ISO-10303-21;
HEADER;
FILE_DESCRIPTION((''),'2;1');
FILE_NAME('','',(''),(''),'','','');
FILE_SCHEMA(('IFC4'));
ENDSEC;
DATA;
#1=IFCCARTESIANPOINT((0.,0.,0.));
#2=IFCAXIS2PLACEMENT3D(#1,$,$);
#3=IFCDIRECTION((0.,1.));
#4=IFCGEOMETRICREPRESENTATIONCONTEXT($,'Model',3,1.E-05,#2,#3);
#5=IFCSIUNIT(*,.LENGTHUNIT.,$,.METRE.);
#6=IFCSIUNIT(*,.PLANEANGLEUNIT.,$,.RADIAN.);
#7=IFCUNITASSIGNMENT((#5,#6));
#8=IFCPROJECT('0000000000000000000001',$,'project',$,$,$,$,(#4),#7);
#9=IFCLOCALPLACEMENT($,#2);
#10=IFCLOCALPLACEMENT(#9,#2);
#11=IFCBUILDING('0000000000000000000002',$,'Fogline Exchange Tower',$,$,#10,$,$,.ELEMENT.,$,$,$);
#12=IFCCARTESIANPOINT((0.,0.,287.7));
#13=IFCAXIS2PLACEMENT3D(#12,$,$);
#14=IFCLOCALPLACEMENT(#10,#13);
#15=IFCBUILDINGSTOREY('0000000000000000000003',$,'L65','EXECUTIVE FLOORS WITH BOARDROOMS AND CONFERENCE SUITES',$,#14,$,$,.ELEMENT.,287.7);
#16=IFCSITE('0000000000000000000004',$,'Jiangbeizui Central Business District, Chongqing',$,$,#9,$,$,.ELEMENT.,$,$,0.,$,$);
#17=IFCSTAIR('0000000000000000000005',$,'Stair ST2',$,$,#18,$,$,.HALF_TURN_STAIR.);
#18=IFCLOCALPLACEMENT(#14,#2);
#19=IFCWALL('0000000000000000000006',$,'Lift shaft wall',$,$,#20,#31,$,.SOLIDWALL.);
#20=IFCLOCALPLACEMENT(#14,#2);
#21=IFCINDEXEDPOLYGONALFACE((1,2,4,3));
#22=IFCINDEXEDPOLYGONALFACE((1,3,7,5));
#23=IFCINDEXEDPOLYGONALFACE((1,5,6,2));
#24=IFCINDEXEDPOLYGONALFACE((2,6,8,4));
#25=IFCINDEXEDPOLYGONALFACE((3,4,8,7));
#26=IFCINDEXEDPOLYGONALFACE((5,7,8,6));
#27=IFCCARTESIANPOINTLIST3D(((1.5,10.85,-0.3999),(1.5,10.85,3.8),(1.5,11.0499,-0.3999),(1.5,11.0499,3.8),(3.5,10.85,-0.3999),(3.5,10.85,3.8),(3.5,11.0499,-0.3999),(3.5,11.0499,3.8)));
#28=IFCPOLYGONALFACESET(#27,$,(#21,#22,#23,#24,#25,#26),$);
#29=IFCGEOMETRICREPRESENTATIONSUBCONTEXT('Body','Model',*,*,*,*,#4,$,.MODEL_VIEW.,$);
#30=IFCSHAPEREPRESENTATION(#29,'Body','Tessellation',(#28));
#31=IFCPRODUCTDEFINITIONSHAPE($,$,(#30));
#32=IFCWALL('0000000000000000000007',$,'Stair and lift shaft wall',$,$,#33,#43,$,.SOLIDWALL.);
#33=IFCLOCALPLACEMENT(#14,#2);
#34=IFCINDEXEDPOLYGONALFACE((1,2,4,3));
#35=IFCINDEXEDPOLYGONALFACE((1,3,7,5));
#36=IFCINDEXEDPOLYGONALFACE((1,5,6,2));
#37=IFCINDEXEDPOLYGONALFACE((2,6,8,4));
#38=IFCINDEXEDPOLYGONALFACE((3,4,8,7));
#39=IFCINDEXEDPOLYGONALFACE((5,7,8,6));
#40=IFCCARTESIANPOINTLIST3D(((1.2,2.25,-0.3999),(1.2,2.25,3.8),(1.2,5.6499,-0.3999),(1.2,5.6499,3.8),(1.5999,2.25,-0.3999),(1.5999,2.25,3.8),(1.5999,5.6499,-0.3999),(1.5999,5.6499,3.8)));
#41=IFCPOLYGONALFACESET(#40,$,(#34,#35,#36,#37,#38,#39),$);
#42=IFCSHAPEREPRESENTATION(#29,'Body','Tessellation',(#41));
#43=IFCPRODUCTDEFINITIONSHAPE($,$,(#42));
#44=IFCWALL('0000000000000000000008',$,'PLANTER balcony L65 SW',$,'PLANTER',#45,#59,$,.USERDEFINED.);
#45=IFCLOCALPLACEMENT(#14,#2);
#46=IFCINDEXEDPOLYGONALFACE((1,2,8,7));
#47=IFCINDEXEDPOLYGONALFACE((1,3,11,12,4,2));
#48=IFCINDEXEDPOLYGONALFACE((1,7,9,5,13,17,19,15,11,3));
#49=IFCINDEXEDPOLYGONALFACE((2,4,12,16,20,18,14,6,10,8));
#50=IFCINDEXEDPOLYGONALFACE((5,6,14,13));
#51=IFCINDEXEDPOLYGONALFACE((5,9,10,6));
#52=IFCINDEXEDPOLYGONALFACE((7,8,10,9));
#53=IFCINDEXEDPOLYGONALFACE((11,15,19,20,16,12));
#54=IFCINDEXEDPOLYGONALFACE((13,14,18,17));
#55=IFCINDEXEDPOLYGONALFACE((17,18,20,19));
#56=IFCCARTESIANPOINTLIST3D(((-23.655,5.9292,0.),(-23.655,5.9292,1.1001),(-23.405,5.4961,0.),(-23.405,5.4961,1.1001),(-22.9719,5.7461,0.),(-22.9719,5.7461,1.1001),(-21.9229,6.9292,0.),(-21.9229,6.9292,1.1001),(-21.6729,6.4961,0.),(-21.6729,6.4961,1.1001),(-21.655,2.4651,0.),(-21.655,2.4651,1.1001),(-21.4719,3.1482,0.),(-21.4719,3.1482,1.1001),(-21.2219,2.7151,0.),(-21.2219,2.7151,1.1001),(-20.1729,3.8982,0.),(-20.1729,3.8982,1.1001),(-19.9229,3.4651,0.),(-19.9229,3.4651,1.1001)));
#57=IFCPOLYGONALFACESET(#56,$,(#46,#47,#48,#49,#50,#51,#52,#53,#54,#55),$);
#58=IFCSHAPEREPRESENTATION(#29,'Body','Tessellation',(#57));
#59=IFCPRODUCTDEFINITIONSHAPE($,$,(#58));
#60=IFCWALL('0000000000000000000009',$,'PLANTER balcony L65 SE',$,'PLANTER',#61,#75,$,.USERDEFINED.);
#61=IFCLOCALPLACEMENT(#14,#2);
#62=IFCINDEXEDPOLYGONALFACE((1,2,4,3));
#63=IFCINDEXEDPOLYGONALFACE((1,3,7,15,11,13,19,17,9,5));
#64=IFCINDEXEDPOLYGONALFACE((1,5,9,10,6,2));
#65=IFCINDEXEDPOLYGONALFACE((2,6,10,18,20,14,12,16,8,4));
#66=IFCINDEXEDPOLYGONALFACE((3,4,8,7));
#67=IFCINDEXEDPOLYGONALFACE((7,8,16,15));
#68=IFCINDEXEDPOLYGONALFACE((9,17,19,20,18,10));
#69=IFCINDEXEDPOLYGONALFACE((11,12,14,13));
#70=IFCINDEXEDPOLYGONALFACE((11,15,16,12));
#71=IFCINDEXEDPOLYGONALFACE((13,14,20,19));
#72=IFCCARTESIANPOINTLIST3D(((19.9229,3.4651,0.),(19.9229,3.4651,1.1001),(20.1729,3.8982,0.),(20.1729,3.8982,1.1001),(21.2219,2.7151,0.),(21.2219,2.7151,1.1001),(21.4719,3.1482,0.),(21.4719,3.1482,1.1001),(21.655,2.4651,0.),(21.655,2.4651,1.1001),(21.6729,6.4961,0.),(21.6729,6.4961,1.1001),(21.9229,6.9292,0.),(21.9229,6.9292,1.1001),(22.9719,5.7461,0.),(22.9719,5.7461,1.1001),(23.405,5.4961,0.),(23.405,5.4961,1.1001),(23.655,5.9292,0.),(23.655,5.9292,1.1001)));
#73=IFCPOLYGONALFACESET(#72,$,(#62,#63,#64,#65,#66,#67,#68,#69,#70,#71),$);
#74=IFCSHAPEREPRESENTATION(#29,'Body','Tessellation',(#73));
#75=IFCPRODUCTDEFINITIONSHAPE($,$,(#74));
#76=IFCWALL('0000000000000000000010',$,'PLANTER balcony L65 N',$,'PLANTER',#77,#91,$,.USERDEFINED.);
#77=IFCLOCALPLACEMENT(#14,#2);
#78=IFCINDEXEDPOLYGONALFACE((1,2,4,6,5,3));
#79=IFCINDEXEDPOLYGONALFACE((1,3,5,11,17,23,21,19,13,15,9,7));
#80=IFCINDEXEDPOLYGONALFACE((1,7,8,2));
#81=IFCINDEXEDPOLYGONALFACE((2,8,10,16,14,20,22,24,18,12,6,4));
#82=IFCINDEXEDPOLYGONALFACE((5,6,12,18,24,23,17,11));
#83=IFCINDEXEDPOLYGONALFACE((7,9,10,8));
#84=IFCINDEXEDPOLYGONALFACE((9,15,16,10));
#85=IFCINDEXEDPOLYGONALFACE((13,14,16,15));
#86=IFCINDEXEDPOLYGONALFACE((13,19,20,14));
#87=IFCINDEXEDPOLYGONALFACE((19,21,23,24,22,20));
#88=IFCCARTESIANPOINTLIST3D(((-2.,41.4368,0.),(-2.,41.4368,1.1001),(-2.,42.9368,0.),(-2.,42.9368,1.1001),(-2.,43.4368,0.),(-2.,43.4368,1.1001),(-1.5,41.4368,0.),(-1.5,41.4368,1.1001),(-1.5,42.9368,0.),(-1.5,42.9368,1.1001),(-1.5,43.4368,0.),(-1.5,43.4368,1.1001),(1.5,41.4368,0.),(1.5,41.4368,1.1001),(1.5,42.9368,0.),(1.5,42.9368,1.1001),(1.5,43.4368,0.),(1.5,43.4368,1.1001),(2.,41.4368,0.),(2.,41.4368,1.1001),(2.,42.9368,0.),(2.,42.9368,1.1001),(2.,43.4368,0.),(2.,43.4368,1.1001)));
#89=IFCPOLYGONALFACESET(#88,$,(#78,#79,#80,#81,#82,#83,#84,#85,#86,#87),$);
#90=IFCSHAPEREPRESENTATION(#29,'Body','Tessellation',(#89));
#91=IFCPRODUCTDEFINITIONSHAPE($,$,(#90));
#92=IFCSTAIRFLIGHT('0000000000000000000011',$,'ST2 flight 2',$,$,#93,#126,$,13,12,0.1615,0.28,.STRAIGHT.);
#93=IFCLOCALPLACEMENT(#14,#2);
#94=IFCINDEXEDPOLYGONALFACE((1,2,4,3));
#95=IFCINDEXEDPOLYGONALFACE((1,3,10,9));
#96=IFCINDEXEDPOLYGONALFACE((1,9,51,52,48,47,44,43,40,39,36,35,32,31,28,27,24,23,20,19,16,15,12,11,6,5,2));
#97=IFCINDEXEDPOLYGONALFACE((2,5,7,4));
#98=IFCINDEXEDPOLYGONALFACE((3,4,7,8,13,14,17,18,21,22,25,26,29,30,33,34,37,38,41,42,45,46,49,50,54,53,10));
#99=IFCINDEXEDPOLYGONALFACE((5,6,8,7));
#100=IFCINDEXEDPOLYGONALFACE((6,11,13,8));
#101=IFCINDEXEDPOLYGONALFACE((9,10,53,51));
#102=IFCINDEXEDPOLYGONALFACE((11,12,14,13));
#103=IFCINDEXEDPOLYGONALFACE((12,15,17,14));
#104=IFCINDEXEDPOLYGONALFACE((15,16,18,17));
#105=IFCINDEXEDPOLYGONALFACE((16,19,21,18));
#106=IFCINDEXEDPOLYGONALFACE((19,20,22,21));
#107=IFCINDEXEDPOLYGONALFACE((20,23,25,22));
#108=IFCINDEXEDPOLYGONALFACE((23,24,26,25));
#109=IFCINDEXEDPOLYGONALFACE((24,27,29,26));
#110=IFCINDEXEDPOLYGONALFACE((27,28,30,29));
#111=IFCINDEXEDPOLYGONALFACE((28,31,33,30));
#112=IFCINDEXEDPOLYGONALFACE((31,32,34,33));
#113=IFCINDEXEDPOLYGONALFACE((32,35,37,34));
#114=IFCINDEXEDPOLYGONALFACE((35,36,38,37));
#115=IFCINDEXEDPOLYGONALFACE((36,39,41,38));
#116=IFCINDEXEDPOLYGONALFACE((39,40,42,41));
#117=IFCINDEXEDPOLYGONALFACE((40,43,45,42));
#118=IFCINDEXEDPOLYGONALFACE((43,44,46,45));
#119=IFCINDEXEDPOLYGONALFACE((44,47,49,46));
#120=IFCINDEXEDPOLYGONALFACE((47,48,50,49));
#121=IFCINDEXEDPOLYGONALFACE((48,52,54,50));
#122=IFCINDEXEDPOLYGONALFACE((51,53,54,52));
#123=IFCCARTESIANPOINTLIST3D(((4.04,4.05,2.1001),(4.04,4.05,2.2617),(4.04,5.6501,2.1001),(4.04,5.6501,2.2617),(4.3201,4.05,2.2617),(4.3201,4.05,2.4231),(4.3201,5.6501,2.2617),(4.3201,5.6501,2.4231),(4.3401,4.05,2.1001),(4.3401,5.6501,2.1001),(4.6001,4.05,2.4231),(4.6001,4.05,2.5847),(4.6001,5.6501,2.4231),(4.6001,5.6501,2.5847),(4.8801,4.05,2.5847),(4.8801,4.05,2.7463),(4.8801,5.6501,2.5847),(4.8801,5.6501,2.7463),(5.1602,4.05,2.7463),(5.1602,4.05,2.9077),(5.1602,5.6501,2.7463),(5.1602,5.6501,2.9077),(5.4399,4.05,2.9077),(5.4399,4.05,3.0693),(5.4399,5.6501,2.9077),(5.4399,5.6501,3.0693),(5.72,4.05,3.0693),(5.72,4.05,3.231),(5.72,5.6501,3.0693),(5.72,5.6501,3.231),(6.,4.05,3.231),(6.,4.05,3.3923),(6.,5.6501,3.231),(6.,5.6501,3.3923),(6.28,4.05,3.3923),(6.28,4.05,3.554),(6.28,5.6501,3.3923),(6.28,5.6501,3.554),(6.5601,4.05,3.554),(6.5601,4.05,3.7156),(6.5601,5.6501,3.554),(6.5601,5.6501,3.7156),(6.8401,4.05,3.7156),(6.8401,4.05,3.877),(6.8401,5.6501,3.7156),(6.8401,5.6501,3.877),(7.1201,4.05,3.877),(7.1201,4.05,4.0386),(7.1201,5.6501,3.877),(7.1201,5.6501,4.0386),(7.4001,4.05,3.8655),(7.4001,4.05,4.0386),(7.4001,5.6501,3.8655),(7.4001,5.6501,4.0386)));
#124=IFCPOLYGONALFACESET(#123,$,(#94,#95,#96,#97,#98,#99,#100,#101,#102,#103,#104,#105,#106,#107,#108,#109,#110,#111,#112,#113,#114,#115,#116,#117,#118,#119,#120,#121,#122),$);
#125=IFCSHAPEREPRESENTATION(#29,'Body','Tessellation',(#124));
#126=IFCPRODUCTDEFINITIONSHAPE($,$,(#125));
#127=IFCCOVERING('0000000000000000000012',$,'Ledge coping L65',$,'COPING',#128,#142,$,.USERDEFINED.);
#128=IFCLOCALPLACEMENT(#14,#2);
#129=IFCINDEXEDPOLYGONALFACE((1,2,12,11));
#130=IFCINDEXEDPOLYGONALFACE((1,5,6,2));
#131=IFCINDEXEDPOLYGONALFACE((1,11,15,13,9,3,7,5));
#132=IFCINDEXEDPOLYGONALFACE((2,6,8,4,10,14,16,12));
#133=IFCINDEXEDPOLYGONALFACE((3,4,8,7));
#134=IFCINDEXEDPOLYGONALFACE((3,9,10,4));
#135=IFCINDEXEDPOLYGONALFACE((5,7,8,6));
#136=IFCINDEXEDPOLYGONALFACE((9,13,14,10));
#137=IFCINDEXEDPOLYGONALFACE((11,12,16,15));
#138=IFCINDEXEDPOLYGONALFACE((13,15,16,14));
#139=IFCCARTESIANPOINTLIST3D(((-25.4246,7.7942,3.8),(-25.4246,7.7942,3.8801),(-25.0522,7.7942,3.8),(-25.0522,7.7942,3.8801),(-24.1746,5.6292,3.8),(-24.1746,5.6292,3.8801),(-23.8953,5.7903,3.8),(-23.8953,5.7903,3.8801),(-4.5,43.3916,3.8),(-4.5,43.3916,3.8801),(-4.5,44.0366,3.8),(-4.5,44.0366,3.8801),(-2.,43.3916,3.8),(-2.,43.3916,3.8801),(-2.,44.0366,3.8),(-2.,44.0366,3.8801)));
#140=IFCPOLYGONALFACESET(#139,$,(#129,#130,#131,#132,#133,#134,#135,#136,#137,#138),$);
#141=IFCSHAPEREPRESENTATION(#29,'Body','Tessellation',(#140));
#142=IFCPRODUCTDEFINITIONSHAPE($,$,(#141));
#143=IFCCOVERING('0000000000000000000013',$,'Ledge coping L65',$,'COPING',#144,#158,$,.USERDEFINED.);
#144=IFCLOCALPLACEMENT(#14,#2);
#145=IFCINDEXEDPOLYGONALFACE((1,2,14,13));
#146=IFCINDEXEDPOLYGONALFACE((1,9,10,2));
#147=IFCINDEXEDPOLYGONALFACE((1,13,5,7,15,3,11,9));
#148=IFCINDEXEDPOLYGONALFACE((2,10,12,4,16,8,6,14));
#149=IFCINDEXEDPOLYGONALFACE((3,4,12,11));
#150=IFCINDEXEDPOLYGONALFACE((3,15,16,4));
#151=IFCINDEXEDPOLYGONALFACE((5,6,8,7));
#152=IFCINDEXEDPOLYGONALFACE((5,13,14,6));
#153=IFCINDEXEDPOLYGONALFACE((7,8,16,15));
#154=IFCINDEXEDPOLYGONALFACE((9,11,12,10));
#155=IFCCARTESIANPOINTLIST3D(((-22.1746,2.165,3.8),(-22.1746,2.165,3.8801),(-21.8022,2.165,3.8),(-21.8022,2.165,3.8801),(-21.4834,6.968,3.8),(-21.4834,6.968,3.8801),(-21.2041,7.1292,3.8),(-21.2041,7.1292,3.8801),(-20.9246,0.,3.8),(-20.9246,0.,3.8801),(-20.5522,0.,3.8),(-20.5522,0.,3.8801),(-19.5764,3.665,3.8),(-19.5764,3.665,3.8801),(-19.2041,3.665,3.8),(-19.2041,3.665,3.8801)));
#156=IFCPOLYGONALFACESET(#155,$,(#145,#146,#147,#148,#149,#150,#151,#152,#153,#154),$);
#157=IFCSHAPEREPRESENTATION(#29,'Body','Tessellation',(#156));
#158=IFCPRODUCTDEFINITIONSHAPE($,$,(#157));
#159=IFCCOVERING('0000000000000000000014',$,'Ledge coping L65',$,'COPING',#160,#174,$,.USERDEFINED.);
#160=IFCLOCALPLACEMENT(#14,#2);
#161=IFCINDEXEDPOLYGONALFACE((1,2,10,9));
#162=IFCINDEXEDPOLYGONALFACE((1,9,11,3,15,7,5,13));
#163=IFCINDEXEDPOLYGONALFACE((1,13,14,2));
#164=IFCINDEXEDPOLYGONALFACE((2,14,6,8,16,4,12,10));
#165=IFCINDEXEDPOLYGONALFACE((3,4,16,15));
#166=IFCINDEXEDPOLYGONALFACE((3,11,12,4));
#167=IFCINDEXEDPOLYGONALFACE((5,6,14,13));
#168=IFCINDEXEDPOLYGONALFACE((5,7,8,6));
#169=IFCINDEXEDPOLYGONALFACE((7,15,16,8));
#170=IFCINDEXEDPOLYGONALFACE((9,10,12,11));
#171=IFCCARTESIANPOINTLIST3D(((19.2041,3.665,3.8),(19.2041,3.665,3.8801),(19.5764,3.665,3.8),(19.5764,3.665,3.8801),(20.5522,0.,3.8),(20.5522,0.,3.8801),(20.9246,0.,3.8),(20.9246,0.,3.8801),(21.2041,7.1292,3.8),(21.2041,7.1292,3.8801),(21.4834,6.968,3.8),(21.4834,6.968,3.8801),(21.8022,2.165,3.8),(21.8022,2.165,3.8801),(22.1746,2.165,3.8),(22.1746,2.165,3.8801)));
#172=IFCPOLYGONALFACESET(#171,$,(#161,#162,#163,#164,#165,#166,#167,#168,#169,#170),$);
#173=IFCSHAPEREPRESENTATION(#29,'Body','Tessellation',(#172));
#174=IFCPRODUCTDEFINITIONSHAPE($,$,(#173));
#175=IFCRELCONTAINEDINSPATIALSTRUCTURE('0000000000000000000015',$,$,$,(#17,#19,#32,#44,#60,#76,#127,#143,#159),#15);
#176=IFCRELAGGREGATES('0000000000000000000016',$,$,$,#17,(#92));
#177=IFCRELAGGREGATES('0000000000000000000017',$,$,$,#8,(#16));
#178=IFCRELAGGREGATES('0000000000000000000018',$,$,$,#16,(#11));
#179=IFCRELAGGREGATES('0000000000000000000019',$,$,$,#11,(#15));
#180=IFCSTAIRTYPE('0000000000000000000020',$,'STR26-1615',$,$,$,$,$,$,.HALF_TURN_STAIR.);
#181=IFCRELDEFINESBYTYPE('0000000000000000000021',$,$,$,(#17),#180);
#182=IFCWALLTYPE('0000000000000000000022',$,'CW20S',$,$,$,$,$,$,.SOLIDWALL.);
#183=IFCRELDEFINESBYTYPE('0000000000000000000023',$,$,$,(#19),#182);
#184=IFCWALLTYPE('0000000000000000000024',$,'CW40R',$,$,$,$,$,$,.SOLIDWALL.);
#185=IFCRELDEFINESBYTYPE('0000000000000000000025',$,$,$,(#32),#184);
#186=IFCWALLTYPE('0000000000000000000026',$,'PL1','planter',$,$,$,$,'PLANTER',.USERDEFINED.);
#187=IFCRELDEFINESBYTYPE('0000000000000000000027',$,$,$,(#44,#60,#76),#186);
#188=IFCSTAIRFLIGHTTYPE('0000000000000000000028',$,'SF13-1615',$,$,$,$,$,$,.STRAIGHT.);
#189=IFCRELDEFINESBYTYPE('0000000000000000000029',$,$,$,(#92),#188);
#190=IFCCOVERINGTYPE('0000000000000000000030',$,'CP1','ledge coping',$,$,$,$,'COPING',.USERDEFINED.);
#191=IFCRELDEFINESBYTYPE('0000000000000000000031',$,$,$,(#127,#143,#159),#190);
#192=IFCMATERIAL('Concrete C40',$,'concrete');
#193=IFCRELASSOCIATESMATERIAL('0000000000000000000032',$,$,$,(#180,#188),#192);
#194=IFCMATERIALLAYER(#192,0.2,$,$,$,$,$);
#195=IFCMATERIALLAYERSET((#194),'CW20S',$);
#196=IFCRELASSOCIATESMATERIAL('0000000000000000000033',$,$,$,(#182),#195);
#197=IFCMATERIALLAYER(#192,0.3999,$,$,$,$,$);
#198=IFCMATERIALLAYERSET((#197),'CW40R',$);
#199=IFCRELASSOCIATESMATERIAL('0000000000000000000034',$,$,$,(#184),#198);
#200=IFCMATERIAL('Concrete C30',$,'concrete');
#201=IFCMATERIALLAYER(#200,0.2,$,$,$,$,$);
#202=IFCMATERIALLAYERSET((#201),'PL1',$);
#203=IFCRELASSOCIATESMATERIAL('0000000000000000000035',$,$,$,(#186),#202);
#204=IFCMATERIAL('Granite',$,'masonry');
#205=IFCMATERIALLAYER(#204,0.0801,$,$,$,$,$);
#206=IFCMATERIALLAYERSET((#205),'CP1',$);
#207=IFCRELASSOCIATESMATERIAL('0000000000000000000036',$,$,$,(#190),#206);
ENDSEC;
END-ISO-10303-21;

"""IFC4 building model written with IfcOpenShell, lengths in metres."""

from ifc_helpers import new_model, si_unit, direction, frame, frame_2d, origin, place, context, subcontext, project, spatial, polyline, rectangle, outline, extrude, material, layer, layer_set, type_object, element, aggregate, save


model = new_model("IFC4")

# Units and contexts
model_context = context("Model", 3, precision=1e-05, world=origin(), true_north=direction((0.0, 1.0)))
body_context = subcontext(model_context, "Body", "Model", "MODEL_VIEW")
ifc_project = project(units=[si_unit("LENGTHUNIT", "METRE"), si_unit("PLANEANGLEUNIT", "RADIAN")], contexts=[model_context])

# Site, building, storey
site_placement = place(None, origin())
site = spatial("IfcSite", under=ifc_project, at=site_placement, Name="Jiangbeizui Central Business District, Chongqing", CompositionType="ELEMENT", RefElevation=0.0)
building_placement = place(site_placement, origin())
building = spatial("IfcBuilding", under=site, at=building_placement, Name="Fogline Exchange Tower", CompositionType="ELEMENT")
storey_placement = place(building_placement, frame((0.0, 0.0, 287.7)))
storey = spatial("IfcBuildingStorey", under=building, at=storey_placement, Name="L65", Description="EXECUTIVE FLOORS WITH BOARDROOMS AND CONFERENCE SUITES", CompositionType="ELEMENT", Elevation=287.7)

# Shared definitions
ifc_material_1 = material(Name="Concrete C40", Category="concrete")

# Stair
stair_type = type_object("IfcStairType", Name="STR26-1615", PredefinedType="HALF_TURN_STAIR", material=ifc_material_1)
stair_1_placement = place(storey_placement, origin())
stair_1 = element("IfcStair", 1, at=stair_1_placement, inside=storey, type_object=stair_type, Name="Stair ST2", PredefinedType="HALF_TURN_STAIR")

# Shared definitions
ifc_layer_1 = layer(ifc_material_1, 0.2)
ifc_layer_set_1 = layer_set([ifc_layer_1], Name="CW20S")
wall_type_1 = type_object("IfcWallType", Name="CW20S", PredefinedType="SOLIDWALL", material=ifc_layer_set_1)

# Walls
wall_1_placement = place(storey_placement, frame((1.5, 10.95, -0.3999), z_axis=(0.0, 0.0, 1.0), x_axis=(1.0, 0.0, 0.0)))
element("IfcWall", 2, at=wall_1_placement, inside=storey, type_object=wall_type_1, Name="Lift shaft wall", PredefinedType="SOLIDWALL", context=body_context, shape_type="SweptSolid", body=[
    extrude(rectangle(XDim=2.0, YDim=0.2, at=frame_2d((1.0, 0.0))), origin(), (0.0, 0.0, 1.0), 4.2),
])
ifc_layer_2 = layer(ifc_material_1, 0.3999)
ifc_layer_set_2 = layer_set([ifc_layer_2], Name="CW40R")
wall_type_2 = type_object("IfcWallType", Name="CW40R", PredefinedType="SOLIDWALL", material=ifc_layer_set_2)
wall_2_placement = place(storey_placement, frame((1.3999, 2.25, -0.3999), z_axis=(0.0, 0.0, 1.0), x_axis=(0.0, 1.0, 0.0)))
element("IfcWall", 3, at=wall_2_placement, inside=storey, type_object=wall_type_2, Name="Stair and lift shaft wall", PredefinedType="SOLIDWALL", context=body_context, shape_type="SweptSolid", body=[
    extrude(rectangle(XDim=3.3999, YDim=0.3999, at=frame_2d((1.7, 0.0))), origin(), (0.0, 0.0, 1.0), 4.2),
])
ifc_material_2 = material(Name="Concrete C30", Category="concrete")
ifc_layer_3 = layer(ifc_material_2, 0.2)
ifc_layer_set_3 = layer_set([ifc_layer_3], Name="PL1")
wall_type_3 = type_object("IfcWallType", Name="PL1", Description="planter", ElementType="PLANTER", PredefinedType="USERDEFINED", material=ifc_layer_set_3)
wall_3_placement = place(storey_placement, origin())
element("IfcWall", 4, at=wall_3_placement, inside=storey, type_object=wall_type_3, Name="PLANTER balcony L65 SW", ObjectType="PLANTER", PredefinedType="USERDEFINED", context=body_context, shape_type="SweptSolid", body=[
    extrude(outline(polyline([(-20.1729, 3.8982), (-21.4719, 3.1482), (-22.9719, 5.7461), (-21.6729, 6.4961), (-21.9229, 6.9292), (-23.655, 5.9292), (-23.405, 5.4961), (-21.655, 2.4651), (-21.2219, 2.7151), (-21.2219, 2.7151), (-19.9229, 3.4651), (-20.1729, 3.8982)])), origin(), (0.0, 0.0, 1.0), 1.1001),
])
wall_4_placement = place(storey_placement, origin())
element("IfcWall", 5, at=wall_4_placement, inside=storey, type_object=wall_type_3, Name="PLANTER balcony L65 SE", ObjectType="PLANTER", PredefinedType="USERDEFINED", context=body_context, shape_type="SweptSolid", body=[
    extrude(outline(polyline([(19.9229, 3.4651), (21.2219, 2.7151), (21.2219, 2.7151), (21.655, 2.4651), (23.405, 5.4961), (23.655, 5.9292), (21.9229, 6.9292), (21.6729, 6.4961), (22.9719, 5.7461), (21.4719, 3.1482), (20.1729, 3.8982), (19.9229, 3.4651)])), origin(), (0.0, 0.0, 1.0), 1.1001),
])
wall_5_placement = place(storey_placement, origin())
element("IfcWall", 6, at=wall_5_placement, inside=storey, type_object=wall_type_3, Name="PLANTER balcony L65 N", ObjectType="PLANTER", PredefinedType="USERDEFINED", context=body_context, shape_type="SweptSolid", body=[
    extrude(outline(polyline([(-1.5, 43.4368), (-2.0, 43.4368), (-2.0, 42.9368), (-2.0, 41.4368), (-1.5, 41.4368), (-1.5, 42.9368), (1.5, 42.9368), (1.5, 41.4368), (2.0, 41.4368), (2.0, 42.9368), (2.0, 43.4368), (1.5, 43.4368), (-1.5, 43.4368)])), origin(), (0.0, 0.0, 1.0), 1.1001),
])

# Stair flight
stair_flight_type = type_object("IfcStairFlightType", Name="SF13-1615", PredefinedType="STRAIGHT", material=ifc_material_1)
stair_flight_placement = place(storey_placement, frame((4.04, 4.8501, 2.1001), z_axis=(0.0, 0.0, 1.0), x_axis=(1.0, 0.0, 0.0)))
stair_flight = element("IfcStairFlight", 7, at=stair_flight_placement, type_object=stair_flight_type, Name="ST2 flight 2", NumberOfRisers=13, NumberOfTreads=12, PredefinedType="STRAIGHT", RiserHeight=0.1615, TreadLength=0.28, context=body_context, shape_type="SweptSolid", body=[
    extrude(outline(polyline([(0.0, 0.0), (0.0, 0.1616), (0.28, 0.1616), (0.28, 0.323), (0.5601, 0.323), (0.5601, 0.4846), (0.8401, 0.4846), (0.8401, 0.6462), (1.1201, 0.6462), (1.1201, 0.8076), (1.3999, 0.8076), (1.3999, 0.9692), (1.6799, 0.9692), (1.6799, 1.1309), (1.96, 1.1309), (1.96, 1.2922), (2.24, 1.2922), (2.24, 1.4539), (2.52, 1.4539), (2.52, 1.6155), (2.8, 1.6155), (2.8, 1.7769), (3.0801, 1.7769), (3.0801, 1.9385), (3.3601, 1.9385), (3.3601, 2.1001), (3.3601, 1.7654), (0.3, 0.0), (0.0, 0.0)])), frame((0.0, 0.8, 0.0), z_axis=(0.0, -1.0, 0.0), x_axis=(1.0, 0.0, 0.0)), (0.0, 0.0, 1.0), 1.6001),
])
aggregate(stair_1, [stair_flight])

# Coverings
ifc_material_3 = material(Name="Granite", Category="masonry")
ifc_layer_4 = layer(ifc_material_3, 0.0801)
ifc_layer_set_4 = layer_set([ifc_layer_4], Name="CP1")
covering_type_1 = type_object("IfcCoveringType", Name="CP1", Description="ledge coping", ElementType="COPING", PredefinedType="USERDEFINED", material=ifc_layer_set_4)
covering_1_placement = place(storey_placement, frame((0.0, 0.0, 3.8)))
element("IfcCovering", 8, at=covering_1_placement, inside=storey, type_object=covering_type_1, Name="Ledge coping L65", ObjectType="COPING", PredefinedType="USERDEFINED", context=body_context, shape_type="SweptSolid", body=[
    extrude(outline(polyline([(-24.1746, 5.6292), (-23.8953, 5.7903), (-25.0522, 7.7942), (-4.5, 43.3916), (-2.0, 43.3916), (-2.0, 44.0366), (-4.5, 44.0366), (-25.4246, 7.7942), (-24.1746, 5.6292)])), origin(), (0.0, 0.0, 1.0), 0.0801),
])
covering_2_placement = place(storey_placement, frame((0.0, 0.0, 3.8)))
element("IfcCovering", 9, at=covering_2_placement, inside=storey, type_object=covering_type_1, Name="Ledge coping L65", ObjectType="COPING", PredefinedType="USERDEFINED", context=body_context, shape_type="SweptSolid", body=[
    extrude(outline(polyline([(-20.9246, 0.0), (-20.5522, 0.0), (-21.8022, 2.165), (-19.2041, 3.665), (-21.2041, 7.1292), (-21.4834, 6.968), (-19.5764, 3.665), (-22.1746, 2.165), (-20.9246, 0.0)])), origin(), (0.0, 0.0, 1.0), 0.0801),
])
covering_3_placement = place(storey_placement, frame((0.0, 0.0, 3.8)))
element("IfcCovering", 10, at=covering_3_placement, inside=storey, type_object=covering_type_1, Name="Ledge coping L65", ObjectType="COPING", PredefinedType="USERDEFINED", context=body_context, shape_type="SweptSolid", body=[
    extrude(outline(polyline([(19.5764, 3.665), (21.4834, 6.968), (21.2041, 7.1292), (19.2041, 3.665), (21.8022, 2.165), (20.5522, 0.0), (20.9246, 0.0), (22.1746, 2.165), (19.5764, 3.665)])), origin(), (0.0, 0.0, 1.0), 0.0801),
])

save(model, "model.ifc")
